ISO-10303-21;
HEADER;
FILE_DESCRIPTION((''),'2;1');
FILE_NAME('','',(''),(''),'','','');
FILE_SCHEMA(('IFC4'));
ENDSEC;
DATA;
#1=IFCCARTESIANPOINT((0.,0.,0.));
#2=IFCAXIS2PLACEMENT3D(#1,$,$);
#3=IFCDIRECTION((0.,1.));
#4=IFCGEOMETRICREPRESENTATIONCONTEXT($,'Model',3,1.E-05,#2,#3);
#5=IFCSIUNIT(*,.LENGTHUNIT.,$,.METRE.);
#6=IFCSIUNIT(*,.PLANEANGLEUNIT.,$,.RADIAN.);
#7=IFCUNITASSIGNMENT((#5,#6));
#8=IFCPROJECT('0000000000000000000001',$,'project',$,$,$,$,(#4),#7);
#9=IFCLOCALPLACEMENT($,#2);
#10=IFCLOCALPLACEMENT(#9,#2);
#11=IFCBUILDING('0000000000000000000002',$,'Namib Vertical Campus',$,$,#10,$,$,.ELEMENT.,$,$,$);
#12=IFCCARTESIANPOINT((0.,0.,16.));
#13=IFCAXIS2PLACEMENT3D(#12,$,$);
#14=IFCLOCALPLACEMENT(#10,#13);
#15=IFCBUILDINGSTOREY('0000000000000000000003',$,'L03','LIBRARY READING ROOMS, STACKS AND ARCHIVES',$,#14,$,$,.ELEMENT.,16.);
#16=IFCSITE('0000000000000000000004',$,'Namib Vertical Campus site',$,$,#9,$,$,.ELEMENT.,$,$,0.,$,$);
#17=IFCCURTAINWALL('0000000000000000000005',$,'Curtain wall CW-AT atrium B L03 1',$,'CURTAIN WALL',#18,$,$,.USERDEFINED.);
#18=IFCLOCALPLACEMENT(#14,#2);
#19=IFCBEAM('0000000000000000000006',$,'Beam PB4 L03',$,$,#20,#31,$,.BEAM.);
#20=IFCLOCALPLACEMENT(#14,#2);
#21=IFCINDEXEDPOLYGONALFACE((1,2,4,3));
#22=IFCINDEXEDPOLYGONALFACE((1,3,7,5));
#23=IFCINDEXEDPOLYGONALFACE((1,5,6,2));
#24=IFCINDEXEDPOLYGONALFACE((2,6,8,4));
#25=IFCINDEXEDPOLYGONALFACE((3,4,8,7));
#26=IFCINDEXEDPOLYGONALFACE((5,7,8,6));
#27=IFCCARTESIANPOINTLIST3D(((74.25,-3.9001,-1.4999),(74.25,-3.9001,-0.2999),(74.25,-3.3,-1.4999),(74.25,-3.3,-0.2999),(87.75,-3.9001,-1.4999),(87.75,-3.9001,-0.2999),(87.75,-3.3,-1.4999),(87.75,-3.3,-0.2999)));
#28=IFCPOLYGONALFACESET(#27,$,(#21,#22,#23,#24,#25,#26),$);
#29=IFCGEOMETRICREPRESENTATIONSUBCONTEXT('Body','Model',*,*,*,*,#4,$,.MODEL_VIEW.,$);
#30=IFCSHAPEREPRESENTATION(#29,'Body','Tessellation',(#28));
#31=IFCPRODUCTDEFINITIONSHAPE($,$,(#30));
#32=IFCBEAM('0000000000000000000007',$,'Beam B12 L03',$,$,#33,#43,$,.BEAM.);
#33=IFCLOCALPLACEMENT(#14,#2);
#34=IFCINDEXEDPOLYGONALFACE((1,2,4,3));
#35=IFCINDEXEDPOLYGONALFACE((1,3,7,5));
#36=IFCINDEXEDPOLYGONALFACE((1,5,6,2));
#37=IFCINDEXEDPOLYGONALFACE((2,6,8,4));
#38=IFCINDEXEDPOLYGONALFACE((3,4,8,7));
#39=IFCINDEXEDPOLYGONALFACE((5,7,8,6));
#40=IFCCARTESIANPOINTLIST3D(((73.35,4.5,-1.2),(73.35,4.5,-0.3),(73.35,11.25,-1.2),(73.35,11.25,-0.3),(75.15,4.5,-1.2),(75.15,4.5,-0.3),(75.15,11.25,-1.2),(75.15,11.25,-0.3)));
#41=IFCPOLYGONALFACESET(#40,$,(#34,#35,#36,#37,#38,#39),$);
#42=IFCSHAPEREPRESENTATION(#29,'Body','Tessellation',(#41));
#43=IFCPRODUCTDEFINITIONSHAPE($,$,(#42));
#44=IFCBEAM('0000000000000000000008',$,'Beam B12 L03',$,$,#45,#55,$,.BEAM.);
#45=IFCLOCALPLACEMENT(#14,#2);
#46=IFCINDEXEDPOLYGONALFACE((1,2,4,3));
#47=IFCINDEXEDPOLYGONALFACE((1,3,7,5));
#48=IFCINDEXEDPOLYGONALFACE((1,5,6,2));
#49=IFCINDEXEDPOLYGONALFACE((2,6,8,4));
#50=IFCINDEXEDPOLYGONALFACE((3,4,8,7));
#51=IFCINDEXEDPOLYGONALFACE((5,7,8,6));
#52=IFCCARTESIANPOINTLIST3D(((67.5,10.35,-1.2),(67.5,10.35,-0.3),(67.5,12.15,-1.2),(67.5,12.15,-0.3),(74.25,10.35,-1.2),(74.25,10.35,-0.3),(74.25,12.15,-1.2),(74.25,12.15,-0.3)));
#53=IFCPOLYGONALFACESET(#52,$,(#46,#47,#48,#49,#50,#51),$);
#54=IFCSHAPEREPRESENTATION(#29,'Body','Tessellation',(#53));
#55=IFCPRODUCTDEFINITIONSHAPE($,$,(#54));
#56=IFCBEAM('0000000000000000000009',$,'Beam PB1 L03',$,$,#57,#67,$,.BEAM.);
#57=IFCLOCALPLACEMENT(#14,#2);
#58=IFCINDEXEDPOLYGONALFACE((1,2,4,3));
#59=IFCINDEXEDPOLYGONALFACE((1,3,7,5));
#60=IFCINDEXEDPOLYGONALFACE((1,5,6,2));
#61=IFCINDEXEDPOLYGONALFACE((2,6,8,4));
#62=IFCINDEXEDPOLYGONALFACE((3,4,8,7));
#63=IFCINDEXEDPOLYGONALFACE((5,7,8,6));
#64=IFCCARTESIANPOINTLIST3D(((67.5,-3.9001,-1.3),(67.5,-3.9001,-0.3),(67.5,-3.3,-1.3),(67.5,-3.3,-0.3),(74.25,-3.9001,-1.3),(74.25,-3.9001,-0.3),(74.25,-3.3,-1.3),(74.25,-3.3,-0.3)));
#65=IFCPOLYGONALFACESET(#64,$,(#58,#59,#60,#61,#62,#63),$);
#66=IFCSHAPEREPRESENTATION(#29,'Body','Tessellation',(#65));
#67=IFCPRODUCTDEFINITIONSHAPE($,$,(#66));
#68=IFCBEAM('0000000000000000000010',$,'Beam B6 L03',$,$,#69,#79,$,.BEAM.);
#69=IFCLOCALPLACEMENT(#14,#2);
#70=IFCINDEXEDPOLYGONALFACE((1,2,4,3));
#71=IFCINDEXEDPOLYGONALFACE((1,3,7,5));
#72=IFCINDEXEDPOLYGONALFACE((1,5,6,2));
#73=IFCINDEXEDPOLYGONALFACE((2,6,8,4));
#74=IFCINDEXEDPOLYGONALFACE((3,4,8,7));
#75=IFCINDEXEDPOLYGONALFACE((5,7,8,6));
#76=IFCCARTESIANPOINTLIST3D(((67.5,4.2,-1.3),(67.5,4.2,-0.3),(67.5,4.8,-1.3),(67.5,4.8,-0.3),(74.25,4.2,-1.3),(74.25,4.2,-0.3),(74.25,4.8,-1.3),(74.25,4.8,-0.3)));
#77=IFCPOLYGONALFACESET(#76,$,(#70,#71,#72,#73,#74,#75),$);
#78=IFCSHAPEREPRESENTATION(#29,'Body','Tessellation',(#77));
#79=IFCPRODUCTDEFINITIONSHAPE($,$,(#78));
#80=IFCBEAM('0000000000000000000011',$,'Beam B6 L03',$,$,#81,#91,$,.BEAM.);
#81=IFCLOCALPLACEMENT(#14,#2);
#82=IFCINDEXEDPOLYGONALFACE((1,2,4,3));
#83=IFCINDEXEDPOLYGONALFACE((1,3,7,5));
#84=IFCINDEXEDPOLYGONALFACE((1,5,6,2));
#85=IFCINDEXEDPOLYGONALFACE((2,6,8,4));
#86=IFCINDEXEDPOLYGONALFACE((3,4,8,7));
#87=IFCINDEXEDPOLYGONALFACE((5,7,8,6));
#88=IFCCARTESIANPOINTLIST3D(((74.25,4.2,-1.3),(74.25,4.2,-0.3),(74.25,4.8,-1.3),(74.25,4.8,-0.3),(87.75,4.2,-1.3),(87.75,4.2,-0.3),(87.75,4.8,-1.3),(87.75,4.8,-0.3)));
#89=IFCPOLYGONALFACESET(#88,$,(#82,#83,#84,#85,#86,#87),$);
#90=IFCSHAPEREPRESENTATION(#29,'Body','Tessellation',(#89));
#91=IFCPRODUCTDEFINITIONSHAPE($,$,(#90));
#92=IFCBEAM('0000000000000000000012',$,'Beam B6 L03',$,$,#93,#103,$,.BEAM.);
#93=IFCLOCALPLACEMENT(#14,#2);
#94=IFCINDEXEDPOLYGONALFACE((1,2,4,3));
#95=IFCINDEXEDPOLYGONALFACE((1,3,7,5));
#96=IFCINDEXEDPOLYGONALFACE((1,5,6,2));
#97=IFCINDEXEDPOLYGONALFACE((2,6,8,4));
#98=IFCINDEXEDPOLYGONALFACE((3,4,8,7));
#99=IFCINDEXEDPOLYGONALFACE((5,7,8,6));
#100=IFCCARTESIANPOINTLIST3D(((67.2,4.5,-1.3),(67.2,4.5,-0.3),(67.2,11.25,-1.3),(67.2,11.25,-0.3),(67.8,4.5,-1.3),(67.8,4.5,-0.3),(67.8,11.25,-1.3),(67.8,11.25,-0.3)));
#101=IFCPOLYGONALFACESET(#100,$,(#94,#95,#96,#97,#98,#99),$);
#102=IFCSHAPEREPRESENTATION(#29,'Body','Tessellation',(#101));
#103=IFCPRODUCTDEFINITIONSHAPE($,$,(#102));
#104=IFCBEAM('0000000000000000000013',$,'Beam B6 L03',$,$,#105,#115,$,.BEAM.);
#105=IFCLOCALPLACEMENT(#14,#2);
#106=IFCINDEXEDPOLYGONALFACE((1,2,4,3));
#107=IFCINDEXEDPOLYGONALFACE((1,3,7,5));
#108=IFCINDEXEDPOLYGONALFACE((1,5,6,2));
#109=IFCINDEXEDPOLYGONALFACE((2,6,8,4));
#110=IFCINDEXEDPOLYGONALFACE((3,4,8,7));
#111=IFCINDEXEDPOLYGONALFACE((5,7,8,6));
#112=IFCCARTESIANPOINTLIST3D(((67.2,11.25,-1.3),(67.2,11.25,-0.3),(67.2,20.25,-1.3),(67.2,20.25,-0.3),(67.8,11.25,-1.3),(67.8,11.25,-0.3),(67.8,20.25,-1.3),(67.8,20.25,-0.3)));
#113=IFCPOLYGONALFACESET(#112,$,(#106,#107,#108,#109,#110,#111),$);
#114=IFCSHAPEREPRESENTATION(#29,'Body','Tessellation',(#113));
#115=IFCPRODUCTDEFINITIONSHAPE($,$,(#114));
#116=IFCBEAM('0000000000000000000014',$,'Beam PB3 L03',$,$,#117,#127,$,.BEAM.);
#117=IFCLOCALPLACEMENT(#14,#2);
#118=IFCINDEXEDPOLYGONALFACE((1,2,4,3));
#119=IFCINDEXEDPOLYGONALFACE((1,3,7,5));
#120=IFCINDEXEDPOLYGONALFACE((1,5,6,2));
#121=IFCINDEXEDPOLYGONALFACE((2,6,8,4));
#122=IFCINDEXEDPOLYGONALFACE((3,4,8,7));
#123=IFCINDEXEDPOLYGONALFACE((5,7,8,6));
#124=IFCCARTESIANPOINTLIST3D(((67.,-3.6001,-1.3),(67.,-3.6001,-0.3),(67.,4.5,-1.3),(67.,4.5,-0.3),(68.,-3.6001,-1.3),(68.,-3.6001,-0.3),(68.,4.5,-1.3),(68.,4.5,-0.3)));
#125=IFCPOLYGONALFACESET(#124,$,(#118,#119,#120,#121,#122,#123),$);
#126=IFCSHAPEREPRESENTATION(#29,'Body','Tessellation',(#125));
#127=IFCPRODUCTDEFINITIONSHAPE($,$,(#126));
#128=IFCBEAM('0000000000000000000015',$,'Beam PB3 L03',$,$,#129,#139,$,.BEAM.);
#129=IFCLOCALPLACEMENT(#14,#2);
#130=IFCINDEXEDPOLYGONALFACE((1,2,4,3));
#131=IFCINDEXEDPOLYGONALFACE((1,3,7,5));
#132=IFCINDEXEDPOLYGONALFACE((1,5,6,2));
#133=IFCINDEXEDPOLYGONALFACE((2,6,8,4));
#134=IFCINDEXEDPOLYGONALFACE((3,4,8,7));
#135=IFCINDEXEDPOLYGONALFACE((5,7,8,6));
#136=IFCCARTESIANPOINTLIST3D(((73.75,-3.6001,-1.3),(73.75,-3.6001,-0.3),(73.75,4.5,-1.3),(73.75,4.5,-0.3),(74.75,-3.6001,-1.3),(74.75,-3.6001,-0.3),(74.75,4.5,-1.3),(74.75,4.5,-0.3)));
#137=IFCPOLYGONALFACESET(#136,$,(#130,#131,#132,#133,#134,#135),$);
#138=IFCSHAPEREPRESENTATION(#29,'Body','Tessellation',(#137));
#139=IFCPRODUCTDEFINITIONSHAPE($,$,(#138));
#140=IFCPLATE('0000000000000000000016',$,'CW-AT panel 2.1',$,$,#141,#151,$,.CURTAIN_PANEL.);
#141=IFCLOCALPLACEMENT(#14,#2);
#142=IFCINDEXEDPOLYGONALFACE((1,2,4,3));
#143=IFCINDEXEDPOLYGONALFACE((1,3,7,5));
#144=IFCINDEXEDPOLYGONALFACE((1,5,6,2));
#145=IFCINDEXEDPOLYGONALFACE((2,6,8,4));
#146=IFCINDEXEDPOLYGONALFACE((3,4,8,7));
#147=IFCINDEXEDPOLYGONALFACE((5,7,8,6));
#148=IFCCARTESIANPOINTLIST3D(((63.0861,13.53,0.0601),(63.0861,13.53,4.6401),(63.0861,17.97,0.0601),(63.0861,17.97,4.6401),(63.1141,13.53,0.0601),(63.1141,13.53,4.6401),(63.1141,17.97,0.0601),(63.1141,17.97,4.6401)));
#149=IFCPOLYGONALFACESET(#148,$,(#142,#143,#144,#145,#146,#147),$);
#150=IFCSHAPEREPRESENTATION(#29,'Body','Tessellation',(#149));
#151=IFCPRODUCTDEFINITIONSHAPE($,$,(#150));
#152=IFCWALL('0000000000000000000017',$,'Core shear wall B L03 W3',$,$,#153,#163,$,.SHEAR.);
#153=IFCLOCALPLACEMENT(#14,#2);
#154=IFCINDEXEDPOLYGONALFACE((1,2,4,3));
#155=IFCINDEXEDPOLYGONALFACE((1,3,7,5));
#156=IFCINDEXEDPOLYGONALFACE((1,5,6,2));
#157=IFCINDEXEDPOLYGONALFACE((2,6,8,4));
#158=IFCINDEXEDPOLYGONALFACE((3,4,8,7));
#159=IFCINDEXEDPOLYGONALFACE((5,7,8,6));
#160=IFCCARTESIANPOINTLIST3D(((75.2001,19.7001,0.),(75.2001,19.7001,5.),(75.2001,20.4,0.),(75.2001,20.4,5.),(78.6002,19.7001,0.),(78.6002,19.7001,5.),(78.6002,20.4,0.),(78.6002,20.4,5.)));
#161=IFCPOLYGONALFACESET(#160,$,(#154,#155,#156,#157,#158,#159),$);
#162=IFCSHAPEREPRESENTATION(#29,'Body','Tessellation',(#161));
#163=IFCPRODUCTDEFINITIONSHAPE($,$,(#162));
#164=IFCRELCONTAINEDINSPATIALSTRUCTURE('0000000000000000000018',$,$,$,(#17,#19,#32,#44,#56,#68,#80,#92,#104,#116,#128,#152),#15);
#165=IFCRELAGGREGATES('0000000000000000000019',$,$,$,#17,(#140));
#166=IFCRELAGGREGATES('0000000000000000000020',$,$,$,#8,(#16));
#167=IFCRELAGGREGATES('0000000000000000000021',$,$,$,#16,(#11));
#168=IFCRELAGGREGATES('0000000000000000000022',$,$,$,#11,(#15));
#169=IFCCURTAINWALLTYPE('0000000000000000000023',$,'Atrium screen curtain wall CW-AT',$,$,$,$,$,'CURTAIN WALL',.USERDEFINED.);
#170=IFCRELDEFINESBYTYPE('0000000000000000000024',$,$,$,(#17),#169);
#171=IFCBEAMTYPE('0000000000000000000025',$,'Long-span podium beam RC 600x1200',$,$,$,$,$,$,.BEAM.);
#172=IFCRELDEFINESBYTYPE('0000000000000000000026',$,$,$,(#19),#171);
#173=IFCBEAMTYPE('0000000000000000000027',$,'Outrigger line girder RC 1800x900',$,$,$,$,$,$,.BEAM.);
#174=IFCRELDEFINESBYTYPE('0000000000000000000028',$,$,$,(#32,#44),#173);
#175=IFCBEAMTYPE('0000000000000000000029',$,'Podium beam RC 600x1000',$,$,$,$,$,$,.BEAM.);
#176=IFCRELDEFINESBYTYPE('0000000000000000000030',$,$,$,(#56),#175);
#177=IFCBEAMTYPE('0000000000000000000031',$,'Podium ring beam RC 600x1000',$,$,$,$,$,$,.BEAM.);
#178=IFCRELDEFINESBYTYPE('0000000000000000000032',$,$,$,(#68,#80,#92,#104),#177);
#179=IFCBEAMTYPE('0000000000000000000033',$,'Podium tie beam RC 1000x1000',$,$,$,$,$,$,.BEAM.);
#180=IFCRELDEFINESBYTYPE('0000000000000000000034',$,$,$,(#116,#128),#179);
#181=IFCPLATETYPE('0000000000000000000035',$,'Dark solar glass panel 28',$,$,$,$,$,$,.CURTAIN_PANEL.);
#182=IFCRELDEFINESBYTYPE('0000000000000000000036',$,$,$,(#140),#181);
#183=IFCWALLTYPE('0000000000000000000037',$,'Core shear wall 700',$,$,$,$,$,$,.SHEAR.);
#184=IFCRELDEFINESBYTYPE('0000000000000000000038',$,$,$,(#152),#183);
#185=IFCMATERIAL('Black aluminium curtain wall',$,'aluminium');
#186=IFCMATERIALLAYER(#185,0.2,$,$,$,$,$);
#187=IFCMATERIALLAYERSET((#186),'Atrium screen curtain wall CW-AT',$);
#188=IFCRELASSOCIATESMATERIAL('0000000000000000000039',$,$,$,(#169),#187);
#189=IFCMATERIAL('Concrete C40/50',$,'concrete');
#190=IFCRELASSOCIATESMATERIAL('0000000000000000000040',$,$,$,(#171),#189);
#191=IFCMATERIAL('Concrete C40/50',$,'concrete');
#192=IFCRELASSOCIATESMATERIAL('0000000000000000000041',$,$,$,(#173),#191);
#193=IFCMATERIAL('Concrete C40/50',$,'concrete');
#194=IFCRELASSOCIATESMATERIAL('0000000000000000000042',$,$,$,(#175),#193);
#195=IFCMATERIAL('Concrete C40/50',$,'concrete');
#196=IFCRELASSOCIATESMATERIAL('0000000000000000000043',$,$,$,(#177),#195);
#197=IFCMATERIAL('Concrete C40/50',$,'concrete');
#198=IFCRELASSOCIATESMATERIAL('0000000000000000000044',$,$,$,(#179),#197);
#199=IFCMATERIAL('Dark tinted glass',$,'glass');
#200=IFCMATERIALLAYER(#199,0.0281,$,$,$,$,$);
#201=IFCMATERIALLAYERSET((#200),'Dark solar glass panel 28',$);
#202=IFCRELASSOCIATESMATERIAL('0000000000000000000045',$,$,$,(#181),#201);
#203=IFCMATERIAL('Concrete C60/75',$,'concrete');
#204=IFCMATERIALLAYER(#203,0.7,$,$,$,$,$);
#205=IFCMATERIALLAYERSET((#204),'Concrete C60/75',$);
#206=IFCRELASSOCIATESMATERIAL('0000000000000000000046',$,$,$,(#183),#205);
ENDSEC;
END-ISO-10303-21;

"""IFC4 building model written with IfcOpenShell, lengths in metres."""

from ifc_helpers import new_model, si_unit, direction, frame, frame_2d, origin, origin_2d, place, context, subcontext, project, spatial, rectangle, extrude, material, layer, layer_set, material_profile, profile_set, type_object, element, aggregate, save


model = new_model("IFC4")

# Units and contexts
model_context = context("Model", 3, precision=1e-05, world=origin(), true_north=direction((0.0, 1.0)))
body_context = subcontext(model_context, "Body", "Model", "MODEL_VIEW")
ifc_project = project(units=[si_unit("LENGTHUNIT", "METRE"), si_unit("PLANEANGLEUNIT", "RADIAN")], contexts=[model_context])

# Site, building, storey
site_placement = place(None, origin())
site = spatial("IfcSite", under=ifc_project, at=site_placement, Name="Namib Vertical Campus site", CompositionType="ELEMENT", RefElevation=0.0)
building_placement = place(site_placement, origin())
building = spatial("IfcBuilding", under=site, at=building_placement, Name="Namib Vertical Campus", CompositionType="ELEMENT")
storey_placement = place(building_placement, frame((0.0, 0.0, 16.0)))
storey = spatial("IfcBuildingStorey", under=building, at=storey_placement, Name="L03", Description="LIBRARY READING ROOMS, STACKS AND ARCHIVES", CompositionType="ELEMENT", Elevation=16.0)

# Curtain wall
ifc_material_1 = material(Name="Black aluminium curtain wall", Category="aluminium")
ifc_layer_1 = layer(ifc_material_1, 0.2)
ifc_layer_set_1 = layer_set([ifc_layer_1], Name="Atrium screen curtain wall CW-AT")
curtain_wall_type = type_object("IfcCurtainWallType", Name="Atrium screen curtain wall CW-AT", ElementType="CURTAIN WALL", PredefinedType="USERDEFINED", material=ifc_layer_set_1)
curtain_wall_placement = place(storey_placement, origin())
curtain_wall = element("IfcCurtainWall", 1, at=curtain_wall_placement, inside=storey, type_object=curtain_wall_type, Name="Curtain wall CW-AT atrium B L03 1", ObjectType="CURTAIN WALL", PredefinedType="USERDEFINED")

# Beams
ifc_material_2 = material(Name="Concrete C40/50", Category="concrete")
ifc_material_profile_1 = material_profile(ifc_material_2, rectangle(XDim=0.6001, YDim=1.2, at=origin_2d()))
ifc_profile_set_1 = profile_set([ifc_material_profile_1], Name="Concrete C40/50")
beam_type_1 = type_object("IfcBeamType", Name="Long-span podium beam RC 600x1200", PredefinedType="BEAM", material=ifc_profile_set_1)
beam_1_placement = place(storey_placement, frame((74.25, -3.6001, -0.8999), z_axis=(1.0, 0.0, 0.0), x_axis=(0.0, 1.0, 0.0)))
element("IfcBeam", 2, at=beam_1_placement, inside=storey, type_object=beam_type_1, Name="Beam PB4 L03", PredefinedType="BEAM", context=body_context, shape_type="SweptSolid", body=[
    extrude(rectangle(XDim=0.6001, YDim=1.2, at=origin_2d()), origin(), (0.0, 0.0, 1.0), 13.5),
])
ifc_material_3 = material(Name="Concrete C40/50", Category="concrete")
ifc_material_profile_2 = material_profile(ifc_material_3, rectangle(XDim=1.8, YDim=0.8999, at=origin_2d()))
ifc_profile_set_2 = profile_set([ifc_material_profile_2], Name="Concrete C40/50")
beam_type_2 = type_object("IfcBeamType", Name="Outrigger line girder RC 1800x900", PredefinedType="BEAM", material=ifc_profile_set_2)
for number, where, z_axis, x_axis, name in (
    (3, (74.25, 4.5, -0.75), (0.0, 1.0, 0.0), (-1.0, 0.0, 0.0), "Beam B12 L03"),
    (4, (67.5, 11.25, -0.75), (1.0, 0.0, 0.0), (0.0, 1.0, 0.0), "Beam B12 L03"),
):
    element("IfcBeam", number, at=place(storey_placement, frame(where, z_axis=z_axis, x_axis=x_axis)), inside=storey, type_object=beam_type_2, Name=name, PredefinedType="BEAM", context=body_context, shape_type="SweptSolid", body=[
        extrude(rectangle(XDim=1.8, YDim=0.8999, at=origin_2d()), origin(), (0.0, 0.0, 1.0), 6.75),
    ])
ifc_material_4 = material(Name="Concrete C40/50", Category="concrete")
ifc_material_profile_3 = material_profile(ifc_material_4, rectangle(XDim=0.6001, YDim=1.0, at=origin_2d()))
ifc_profile_set_3 = profile_set([ifc_material_profile_3], Name="Concrete C40/50")
beam_type_3 = type_object("IfcBeamType", Name="Podium beam RC 600x1000", PredefinedType="BEAM", material=ifc_profile_set_3)
beam_2_placement = place(storey_placement, frame((67.5, -3.6001, -0.8), z_axis=(1.0, 0.0, 0.0), x_axis=(0.0, 1.0, 0.0)))
element("IfcBeam", 5, at=beam_2_placement, inside=storey, type_object=beam_type_3, Name="Beam PB1 L03", PredefinedType="BEAM", context=body_context, shape_type="SweptSolid", body=[
    extrude(rectangle(XDim=0.6001, YDim=1.0, at=origin_2d()), origin(), (0.0, 0.0, 1.0), 6.75),
])
ifc_material_5 = material(Name="Concrete C40/50", Category="concrete")
ifc_material_profile_4 = material_profile(ifc_material_5, rectangle(XDim=0.6001, YDim=1.0, at=origin_2d()))
ifc_profile_set_4 = profile_set([ifc_material_profile_4], Name="Concrete C40/50")
beam_type_4 = type_object("IfcBeamType", Name="Podium ring beam RC 600x1000", PredefinedType="BEAM", material=ifc_profile_set_4)
beam_3_placement = place(storey_placement, frame((67.5, 4.5, -0.8), z_axis=(1.0, 0.0, 0.0), x_axis=(0.0, 1.0, 0.0)))
element("IfcBeam", 6, at=beam_3_placement, inside=storey, type_object=beam_type_4, Name="Beam B6 L03", PredefinedType="BEAM", context=body_context, shape_type="SweptSolid", body=[
    extrude(rectangle(XDim=0.6001, YDim=1.0, at=origin_2d()), origin(), (0.0, 0.0, 1.0), 6.75),
])
beam_4_placement = place(storey_placement, frame((74.25, 4.5, -0.8), z_axis=(1.0, 0.0, 0.0), x_axis=(0.0, 1.0, 0.0)))
element("IfcBeam", 7, at=beam_4_placement, inside=storey, type_object=beam_type_4, Name="Beam B6 L03", PredefinedType="BEAM", context=body_context, shape_type="SweptSolid", body=[
    extrude(rectangle(XDim=0.6001, YDim=1.0, at=origin_2d()), origin(), (0.0, 0.0, 1.0), 13.5),
])
beam_5_placement = place(storey_placement, frame((67.5, 4.5, -0.8), z_axis=(0.0, 1.0, 0.0), x_axis=(-1.0, 0.0, 0.0)))
element("IfcBeam", 8, at=beam_5_placement, inside=storey, type_object=beam_type_4, Name="Beam B6 L03", PredefinedType="BEAM", context=body_context, shape_type="SweptSolid", body=[
    extrude(rectangle(XDim=0.6001, YDim=1.0, at=origin_2d()), origin(), (0.0, 0.0, 1.0), 6.75),
])
beam_6_placement = place(storey_placement, frame((67.5, 11.25, -0.8), z_axis=(0.0, 1.0, 0.0), x_axis=(-1.0, 0.0, 0.0)))
element("IfcBeam", 9, at=beam_6_placement, inside=storey, type_object=beam_type_4, Name="Beam B6 L03", PredefinedType="BEAM", context=body_context, shape_type="SweptSolid", body=[
    extrude(rectangle(XDim=0.6001, YDim=1.0, at=origin_2d()), origin(), (0.0, 0.0, 1.0), 9.0),
])
ifc_material_6 = material(Name="Concrete C40/50", Category="concrete")
ifc_material_profile_5 = material_profile(ifc_material_6, rectangle(XDim=1.0, YDim=1.0, at=origin_2d()))
ifc_profile_set_5 = profile_set([ifc_material_profile_5], Name="Concrete C40/50")
beam_type_5 = type_object("IfcBeamType", Name="Podium tie beam RC 1000x1000", PredefinedType="BEAM", material=ifc_profile_set_5)
for number, where, z_axis, x_axis, name in (
    (10, (67.5, -3.6001, -0.8), (0.0, 1.0, 0.0), (-1.0, 0.0, 0.0), "Beam PB3 L03"),
    (11, (74.25, -3.6001, -0.8), (0.0, 1.0, 0.0), (-1.0, 0.0, 0.0), "Beam PB3 L03"),
):
    element("IfcBeam", number, at=place(storey_placement, frame(where, z_axis=z_axis, x_axis=x_axis)), inside=storey, type_object=beam_type_5, Name=name, PredefinedType="BEAM", context=body_context, shape_type="SweptSolid", body=[
        extrude(rectangle(XDim=1.0, YDim=1.0, at=origin_2d()), origin(), (0.0, 0.0, 1.0), 8.1001),
    ])

# Plate
ifc_material_7 = material(Name="Dark tinted glass", Category="glass")
ifc_layer_2 = layer(ifc_material_7, 0.0281)
ifc_layer_set_2 = layer_set([ifc_layer_2], Name="Dark solar glass panel 28")
plate_type = type_object("IfcPlateType", Name="Dark solar glass panel 28", PredefinedType="CURTAIN_PANEL", material=ifc_layer_set_2)
plate_placement = place(storey_placement, frame((63.1001, 15.75, 0.0601), z_axis=(0.0, 0.0, 1.0), x_axis=(0.0, 1.0, 0.0)))
plate = element("IfcPlate", 12, at=plate_placement, type_object=plate_type, Name="CW-AT panel 2.1", PredefinedType="CURTAIN_PANEL", context=body_context, shape_type="SweptSolid", body=[
    extrude(rectangle(XDim=4.4399, YDim=0.0281, at=origin_2d()), origin(), (0.0, 0.0, 1.0), 4.5801),
])
aggregate(curtain_wall, [plate])

# Wall
ifc_material_8 = material(Name="Concrete C60/75", Category="concrete")
ifc_layer_3 = layer(ifc_material_8, 0.7)
ifc_layer_set_3 = layer_set([ifc_layer_3], Name="Concrete C60/75")
wall_type_1 = type_object("IfcWallType", Name="Core shear wall 700", PredefinedType="SHEAR", material=ifc_layer_set_3)
wall_1_placement = place(storey_placement, frame((75.2, 20.05, 0.0), z_axis=(0.0, 0.0, 1.0), x_axis=(1.0, 0.0, 0.0)))
element("IfcWall", 13, at=wall_1_placement, inside=storey, type_object=wall_type_1, Name="Core shear wall B L03 W3", PredefinedType="SHEAR", context=body_context, shape_type="SweptSolid", body=[
    extrude(rectangle(XDim=3.4001, YDim=0.7, at=frame_2d((1.7002, 0.0))), origin(), (0.0, 0.0, 1.0), 5.0),
])

save(model, "model.ifc")
